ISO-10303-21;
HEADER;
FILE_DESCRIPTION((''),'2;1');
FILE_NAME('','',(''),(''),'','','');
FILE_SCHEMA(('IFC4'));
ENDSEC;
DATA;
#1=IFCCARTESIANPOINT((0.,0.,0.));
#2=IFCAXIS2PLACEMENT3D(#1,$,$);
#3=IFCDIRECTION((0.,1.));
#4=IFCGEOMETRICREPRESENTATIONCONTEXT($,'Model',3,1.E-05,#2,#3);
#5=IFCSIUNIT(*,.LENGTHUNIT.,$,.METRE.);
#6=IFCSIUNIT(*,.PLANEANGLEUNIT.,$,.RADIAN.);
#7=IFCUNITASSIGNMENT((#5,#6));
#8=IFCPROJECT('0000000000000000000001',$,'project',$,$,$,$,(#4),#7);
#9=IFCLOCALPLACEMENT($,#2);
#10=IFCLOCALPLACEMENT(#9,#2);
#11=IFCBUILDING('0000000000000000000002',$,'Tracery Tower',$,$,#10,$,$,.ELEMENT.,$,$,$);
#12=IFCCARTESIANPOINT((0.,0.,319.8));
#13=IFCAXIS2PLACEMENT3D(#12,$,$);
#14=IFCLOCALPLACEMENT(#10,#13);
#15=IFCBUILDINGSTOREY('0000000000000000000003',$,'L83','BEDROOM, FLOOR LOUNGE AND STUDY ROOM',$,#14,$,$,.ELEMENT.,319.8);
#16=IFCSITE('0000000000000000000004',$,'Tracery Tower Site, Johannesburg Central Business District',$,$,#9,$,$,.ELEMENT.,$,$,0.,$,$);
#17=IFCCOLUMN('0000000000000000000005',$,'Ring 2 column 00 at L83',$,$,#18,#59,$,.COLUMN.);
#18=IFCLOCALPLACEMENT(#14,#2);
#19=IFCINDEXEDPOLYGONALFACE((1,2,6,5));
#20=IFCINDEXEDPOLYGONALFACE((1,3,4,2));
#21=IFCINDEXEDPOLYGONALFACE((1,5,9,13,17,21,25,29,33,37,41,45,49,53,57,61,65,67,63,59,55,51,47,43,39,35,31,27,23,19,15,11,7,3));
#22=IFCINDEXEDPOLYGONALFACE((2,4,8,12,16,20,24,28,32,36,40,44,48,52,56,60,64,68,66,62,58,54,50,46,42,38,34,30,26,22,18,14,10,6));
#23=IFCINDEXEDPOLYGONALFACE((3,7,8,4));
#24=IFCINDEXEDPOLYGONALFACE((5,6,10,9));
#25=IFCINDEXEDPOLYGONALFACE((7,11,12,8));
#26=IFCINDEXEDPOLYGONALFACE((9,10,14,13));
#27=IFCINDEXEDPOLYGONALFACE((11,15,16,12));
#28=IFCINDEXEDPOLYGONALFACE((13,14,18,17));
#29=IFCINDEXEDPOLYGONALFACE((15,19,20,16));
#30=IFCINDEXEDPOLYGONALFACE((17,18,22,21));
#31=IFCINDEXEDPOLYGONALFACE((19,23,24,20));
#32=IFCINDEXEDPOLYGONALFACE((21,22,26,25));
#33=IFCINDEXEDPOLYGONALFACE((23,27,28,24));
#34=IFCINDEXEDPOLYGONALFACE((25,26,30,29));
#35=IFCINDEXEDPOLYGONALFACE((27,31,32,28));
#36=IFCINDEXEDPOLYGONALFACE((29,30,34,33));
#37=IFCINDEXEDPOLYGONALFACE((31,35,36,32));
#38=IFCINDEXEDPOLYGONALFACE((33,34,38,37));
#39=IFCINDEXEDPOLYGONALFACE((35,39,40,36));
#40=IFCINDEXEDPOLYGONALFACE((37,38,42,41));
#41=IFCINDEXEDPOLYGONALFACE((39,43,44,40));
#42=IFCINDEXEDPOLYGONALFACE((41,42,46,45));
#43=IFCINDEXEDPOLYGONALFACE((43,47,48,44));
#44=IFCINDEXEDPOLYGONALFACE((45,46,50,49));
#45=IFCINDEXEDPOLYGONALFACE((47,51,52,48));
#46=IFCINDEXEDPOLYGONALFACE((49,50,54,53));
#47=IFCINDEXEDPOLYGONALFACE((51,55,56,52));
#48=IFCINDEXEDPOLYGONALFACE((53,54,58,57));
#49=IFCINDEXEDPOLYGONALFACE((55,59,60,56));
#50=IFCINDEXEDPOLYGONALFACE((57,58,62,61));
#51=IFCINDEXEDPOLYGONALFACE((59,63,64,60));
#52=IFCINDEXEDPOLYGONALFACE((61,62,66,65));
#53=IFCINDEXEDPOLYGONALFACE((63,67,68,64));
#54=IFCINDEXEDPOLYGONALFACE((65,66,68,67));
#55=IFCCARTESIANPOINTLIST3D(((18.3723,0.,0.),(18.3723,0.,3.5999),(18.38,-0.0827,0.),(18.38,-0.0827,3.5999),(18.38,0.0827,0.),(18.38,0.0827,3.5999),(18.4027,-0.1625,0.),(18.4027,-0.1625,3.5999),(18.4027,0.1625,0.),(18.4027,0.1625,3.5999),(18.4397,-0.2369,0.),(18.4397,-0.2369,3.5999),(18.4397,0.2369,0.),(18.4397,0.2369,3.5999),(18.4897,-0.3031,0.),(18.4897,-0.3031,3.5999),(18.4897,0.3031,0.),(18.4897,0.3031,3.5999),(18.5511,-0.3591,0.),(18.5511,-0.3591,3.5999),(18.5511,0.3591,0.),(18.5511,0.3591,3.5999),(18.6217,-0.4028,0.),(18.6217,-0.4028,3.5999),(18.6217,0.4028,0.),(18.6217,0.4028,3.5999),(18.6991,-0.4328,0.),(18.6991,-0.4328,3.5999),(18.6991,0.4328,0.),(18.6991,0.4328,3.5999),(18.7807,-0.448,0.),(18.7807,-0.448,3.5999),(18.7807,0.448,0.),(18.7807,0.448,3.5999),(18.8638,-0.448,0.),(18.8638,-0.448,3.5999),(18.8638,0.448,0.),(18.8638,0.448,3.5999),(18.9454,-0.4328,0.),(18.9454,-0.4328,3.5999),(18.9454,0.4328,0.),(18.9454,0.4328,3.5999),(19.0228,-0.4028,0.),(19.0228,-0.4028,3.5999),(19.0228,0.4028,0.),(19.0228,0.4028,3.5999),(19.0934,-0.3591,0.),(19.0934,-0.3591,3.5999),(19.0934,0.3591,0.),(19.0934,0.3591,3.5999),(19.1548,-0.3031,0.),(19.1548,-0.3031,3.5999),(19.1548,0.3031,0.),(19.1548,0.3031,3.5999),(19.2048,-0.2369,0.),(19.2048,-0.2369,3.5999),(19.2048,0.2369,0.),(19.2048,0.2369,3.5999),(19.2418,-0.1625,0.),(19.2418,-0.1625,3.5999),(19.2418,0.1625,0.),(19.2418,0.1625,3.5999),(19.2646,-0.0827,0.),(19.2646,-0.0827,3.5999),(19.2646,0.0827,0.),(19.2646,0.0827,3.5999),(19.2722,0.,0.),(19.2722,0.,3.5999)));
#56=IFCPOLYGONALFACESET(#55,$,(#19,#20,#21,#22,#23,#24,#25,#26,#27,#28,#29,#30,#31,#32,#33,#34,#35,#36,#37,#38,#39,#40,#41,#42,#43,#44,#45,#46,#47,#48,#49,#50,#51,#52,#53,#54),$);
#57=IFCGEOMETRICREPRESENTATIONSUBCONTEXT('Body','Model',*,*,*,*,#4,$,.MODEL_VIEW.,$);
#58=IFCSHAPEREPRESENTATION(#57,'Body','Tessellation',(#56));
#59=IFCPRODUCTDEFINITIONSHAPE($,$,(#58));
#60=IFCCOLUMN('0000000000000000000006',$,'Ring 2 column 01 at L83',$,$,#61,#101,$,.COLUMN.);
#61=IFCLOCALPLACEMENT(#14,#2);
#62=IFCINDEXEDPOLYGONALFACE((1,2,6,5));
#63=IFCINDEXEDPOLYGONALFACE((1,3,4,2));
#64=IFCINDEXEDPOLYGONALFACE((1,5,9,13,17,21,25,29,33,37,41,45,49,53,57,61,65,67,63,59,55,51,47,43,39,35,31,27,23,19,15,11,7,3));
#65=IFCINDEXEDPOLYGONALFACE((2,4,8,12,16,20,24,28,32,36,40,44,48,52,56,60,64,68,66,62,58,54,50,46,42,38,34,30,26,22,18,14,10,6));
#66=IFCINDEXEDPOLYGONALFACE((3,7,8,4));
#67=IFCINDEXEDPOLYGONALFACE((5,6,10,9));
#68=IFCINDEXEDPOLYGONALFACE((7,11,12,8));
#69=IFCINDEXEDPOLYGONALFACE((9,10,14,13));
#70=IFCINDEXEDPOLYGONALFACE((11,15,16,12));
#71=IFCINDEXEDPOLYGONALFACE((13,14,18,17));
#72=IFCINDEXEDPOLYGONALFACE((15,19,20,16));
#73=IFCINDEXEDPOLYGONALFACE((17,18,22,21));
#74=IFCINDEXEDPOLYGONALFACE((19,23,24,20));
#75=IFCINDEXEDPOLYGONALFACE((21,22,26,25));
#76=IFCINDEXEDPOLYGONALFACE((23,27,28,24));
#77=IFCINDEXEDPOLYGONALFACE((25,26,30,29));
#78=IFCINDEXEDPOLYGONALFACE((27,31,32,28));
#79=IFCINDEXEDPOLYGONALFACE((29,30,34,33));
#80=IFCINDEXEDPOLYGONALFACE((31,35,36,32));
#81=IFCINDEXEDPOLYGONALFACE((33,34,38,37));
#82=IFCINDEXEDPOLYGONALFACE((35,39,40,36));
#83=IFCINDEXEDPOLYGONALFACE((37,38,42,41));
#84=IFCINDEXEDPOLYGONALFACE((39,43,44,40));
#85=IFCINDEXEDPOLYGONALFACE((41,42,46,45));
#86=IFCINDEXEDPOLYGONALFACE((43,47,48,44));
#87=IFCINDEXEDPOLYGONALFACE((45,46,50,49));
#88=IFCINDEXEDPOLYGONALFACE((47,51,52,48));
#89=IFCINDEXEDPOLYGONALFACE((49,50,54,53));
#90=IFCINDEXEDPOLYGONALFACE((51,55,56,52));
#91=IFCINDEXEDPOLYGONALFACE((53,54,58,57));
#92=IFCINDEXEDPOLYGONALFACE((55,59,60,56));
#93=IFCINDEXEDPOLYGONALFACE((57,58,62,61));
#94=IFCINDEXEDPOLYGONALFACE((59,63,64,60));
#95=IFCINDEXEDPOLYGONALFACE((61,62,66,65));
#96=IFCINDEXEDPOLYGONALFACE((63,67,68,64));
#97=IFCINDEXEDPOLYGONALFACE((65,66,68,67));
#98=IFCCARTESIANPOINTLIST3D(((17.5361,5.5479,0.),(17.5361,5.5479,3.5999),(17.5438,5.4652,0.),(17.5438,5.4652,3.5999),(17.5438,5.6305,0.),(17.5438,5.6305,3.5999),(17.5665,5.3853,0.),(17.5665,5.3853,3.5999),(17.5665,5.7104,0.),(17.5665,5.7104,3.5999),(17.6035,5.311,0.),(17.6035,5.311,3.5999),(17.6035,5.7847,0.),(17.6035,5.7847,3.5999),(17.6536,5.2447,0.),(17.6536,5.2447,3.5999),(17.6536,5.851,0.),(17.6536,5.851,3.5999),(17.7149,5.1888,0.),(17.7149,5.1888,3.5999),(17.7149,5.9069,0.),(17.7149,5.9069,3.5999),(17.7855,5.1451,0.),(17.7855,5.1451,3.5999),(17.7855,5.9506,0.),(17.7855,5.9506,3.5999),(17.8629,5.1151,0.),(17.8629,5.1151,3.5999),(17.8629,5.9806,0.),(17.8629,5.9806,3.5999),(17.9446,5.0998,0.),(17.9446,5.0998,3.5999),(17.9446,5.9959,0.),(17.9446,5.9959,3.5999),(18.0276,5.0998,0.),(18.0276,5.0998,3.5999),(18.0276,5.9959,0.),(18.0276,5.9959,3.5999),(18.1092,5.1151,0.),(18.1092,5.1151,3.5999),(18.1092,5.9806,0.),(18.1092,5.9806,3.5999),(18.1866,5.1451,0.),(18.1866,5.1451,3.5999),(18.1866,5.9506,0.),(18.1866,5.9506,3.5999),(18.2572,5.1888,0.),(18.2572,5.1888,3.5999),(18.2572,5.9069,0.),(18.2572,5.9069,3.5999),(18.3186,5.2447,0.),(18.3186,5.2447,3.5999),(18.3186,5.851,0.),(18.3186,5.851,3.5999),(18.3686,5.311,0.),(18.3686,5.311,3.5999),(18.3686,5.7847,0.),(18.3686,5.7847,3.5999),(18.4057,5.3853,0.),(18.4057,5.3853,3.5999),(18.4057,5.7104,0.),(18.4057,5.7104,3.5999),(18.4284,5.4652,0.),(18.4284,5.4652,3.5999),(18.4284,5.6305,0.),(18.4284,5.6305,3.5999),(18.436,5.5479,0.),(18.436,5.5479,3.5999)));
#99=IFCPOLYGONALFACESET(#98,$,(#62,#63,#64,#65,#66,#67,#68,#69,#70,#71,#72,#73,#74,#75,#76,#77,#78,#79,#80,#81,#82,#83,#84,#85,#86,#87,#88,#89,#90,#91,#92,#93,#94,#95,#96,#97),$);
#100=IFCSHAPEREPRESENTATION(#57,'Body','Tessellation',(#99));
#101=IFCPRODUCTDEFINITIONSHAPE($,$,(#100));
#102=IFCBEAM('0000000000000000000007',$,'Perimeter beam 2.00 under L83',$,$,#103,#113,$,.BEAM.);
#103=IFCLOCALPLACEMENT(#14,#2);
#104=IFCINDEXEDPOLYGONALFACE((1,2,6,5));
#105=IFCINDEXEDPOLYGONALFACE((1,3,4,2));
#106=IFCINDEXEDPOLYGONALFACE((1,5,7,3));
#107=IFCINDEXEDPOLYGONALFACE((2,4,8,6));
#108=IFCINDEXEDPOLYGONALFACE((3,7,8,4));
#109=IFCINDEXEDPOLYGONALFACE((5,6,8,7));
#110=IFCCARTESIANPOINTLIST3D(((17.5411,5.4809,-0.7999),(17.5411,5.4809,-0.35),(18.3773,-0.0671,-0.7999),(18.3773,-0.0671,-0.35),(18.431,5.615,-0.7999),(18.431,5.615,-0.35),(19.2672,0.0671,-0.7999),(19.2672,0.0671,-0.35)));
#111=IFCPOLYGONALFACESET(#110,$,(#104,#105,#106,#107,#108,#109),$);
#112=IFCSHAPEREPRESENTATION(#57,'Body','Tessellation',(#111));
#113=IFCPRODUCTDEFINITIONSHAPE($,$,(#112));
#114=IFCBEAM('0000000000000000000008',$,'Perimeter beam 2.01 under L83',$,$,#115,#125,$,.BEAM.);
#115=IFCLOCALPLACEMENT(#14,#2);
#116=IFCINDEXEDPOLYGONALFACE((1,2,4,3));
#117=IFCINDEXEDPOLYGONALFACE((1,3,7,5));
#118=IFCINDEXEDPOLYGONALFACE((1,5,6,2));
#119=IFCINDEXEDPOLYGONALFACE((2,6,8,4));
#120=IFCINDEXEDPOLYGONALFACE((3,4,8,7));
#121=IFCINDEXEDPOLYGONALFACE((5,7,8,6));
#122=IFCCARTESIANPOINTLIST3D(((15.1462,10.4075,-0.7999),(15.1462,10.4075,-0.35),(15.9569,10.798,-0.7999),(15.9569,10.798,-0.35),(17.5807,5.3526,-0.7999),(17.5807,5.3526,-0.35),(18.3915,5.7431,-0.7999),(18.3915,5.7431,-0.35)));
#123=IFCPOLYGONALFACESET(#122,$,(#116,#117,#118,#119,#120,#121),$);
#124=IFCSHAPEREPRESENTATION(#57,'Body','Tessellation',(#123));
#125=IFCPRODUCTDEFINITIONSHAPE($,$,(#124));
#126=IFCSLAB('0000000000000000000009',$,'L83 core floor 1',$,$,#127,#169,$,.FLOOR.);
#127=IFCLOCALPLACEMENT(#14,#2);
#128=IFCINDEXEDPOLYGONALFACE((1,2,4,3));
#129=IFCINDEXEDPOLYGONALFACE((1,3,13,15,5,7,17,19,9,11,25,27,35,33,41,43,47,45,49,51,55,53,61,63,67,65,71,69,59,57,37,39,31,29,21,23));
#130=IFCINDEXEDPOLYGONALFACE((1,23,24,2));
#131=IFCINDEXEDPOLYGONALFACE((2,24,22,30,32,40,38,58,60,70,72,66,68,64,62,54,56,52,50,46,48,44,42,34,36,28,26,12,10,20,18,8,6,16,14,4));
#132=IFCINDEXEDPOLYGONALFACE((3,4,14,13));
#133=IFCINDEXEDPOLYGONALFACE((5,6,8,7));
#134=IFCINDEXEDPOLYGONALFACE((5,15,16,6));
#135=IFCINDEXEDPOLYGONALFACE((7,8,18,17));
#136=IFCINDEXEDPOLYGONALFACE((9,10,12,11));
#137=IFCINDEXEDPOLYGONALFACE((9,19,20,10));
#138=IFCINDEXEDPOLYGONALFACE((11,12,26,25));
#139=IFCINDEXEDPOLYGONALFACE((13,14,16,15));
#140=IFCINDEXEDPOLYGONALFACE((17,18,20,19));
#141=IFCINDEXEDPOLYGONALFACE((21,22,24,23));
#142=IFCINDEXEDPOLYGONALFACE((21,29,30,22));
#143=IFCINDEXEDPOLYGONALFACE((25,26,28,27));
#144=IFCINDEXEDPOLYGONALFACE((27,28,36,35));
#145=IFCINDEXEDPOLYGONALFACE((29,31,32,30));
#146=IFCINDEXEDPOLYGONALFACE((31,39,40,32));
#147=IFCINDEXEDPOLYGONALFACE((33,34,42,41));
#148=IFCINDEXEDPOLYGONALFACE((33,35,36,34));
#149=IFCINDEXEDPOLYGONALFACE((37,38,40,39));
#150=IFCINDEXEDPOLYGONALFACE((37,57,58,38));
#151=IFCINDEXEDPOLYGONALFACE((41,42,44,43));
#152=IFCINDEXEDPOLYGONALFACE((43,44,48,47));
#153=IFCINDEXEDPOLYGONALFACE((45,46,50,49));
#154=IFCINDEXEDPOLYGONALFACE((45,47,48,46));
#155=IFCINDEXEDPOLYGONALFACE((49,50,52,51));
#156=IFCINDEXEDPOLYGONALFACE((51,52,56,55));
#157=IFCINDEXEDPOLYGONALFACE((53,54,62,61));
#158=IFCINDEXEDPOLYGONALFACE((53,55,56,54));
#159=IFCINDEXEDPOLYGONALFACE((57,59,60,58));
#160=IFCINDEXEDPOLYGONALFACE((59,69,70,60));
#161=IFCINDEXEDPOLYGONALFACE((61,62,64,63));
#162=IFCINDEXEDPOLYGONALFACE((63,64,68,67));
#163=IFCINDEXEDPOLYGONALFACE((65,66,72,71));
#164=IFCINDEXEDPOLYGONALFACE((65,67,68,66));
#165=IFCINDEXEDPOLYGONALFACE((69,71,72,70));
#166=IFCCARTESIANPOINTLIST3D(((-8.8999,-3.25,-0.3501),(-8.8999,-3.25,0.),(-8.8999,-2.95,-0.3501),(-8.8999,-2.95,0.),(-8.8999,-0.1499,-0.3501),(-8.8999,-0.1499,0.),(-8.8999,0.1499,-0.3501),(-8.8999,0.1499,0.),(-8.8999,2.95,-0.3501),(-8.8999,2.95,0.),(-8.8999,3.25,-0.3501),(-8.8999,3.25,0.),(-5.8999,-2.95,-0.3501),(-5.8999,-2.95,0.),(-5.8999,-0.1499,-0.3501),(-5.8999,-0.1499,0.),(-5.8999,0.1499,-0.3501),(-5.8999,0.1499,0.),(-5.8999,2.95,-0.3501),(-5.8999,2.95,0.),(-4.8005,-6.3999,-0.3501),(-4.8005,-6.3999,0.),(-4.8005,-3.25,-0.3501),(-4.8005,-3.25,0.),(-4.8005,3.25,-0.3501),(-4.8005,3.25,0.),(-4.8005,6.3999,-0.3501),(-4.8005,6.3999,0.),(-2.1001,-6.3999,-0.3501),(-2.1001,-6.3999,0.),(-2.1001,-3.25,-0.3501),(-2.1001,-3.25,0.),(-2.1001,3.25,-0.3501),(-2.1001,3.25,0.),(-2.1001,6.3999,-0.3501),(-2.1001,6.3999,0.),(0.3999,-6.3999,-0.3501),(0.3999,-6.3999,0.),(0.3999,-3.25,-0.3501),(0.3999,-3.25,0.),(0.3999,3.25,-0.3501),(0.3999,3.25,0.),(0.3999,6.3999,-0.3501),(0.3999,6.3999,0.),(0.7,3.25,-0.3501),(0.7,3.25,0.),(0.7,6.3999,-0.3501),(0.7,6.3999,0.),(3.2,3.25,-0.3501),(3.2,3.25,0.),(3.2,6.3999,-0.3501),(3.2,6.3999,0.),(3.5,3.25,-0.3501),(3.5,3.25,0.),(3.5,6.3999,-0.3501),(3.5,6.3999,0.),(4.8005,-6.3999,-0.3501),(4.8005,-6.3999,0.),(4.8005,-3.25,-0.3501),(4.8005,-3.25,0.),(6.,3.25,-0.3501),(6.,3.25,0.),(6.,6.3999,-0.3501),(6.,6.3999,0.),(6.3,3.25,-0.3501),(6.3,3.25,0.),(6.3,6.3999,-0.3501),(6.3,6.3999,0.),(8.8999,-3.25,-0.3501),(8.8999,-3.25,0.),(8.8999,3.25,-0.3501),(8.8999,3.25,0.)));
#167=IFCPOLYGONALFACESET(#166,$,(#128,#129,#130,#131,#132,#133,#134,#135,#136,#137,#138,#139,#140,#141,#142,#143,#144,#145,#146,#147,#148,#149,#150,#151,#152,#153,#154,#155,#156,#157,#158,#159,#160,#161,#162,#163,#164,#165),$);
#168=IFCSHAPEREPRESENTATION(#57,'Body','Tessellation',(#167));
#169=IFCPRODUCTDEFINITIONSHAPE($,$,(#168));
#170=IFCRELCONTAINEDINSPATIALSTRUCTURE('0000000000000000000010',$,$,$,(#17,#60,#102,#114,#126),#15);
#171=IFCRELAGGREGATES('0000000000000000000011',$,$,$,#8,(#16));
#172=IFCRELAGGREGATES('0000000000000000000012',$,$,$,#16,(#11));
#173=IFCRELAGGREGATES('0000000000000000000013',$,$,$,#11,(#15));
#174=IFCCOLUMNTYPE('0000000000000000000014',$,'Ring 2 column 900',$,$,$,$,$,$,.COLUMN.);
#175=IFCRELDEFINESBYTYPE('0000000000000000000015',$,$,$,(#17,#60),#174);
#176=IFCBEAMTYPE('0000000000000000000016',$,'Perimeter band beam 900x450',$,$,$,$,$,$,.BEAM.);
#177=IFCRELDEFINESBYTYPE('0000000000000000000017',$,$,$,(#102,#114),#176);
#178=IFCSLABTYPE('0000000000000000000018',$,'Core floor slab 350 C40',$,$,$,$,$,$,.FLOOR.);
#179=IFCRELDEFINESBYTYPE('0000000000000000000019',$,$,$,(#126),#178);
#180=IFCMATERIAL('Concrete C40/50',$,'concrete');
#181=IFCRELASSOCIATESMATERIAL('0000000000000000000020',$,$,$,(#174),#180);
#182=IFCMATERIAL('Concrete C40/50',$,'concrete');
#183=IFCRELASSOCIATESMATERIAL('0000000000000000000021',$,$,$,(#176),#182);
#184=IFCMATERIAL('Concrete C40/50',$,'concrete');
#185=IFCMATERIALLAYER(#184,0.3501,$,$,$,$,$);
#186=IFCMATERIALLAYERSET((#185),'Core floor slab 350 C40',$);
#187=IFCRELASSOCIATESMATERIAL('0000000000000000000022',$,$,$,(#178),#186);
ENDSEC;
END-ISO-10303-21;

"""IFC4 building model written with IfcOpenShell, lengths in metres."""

from ifc_helpers import new_model, si_unit, direction, frame, origin, origin_2d, place, context, subcontext, project, spatial, polyline, rectangle, circle, outline, extrude, material, layer, layer_set, material_profile, profile_set, type_object, element, save


model = new_model("IFC4")

# Units and contexts
model_context = context("Model", 3, precision=1e-05, world=origin(), true_north=direction((0.0, 1.0)))
body_context = subcontext(model_context, "Body", "Model", "MODEL_VIEW")
ifc_project = project(units=[si_unit("LENGTHUNIT", "METRE"), si_unit("PLANEANGLEUNIT", "RADIAN")], contexts=[model_context])

# Site, building, storey
site_placement = place(None, origin())
site = spatial("IfcSite", under=ifc_project, at=site_placement, Name="Tracery Tower Site, Johannesburg Central Business District", CompositionType="ELEMENT", RefElevation=0.0)
building_placement = place(site_placement, origin())
building = spatial("IfcBuilding", under=site, at=building_placement, Name="Tracery Tower", CompositionType="ELEMENT")
storey_placement = place(building_placement, frame((0.0, 0.0, 319.8)))
storey = spatial("IfcBuildingStorey", under=building, at=storey_placement, Name="L83", Description="BEDROOM, FLOOR LOUNGE AND STUDY ROOM", CompositionType="ELEMENT", Elevation=319.8)

# Columns
ifc_material_1 = material(Name="Concrete C40/50", Category="concrete")
ifc_material_profile_1 = material_profile(ifc_material_1, circle(Radius=0.45, at=origin_2d()), Name="RC D900")
ifc_profile_set_1 = profile_set([ifc_material_profile_1], Name="Concrete C40/50")
column_type = type_object("IfcColumnType", Name="Ring 2 column 900", PredefinedType="COLUMN", material=ifc_profile_set_1)
for number, where, z_axis, x_axis, name in (
    (1, (18.8223, 0.0, 0.0), (0.0, 0.0, 1.0), (1.0, 0.0, 0.0), "Ring 2 column 00 at L83"),
    (2, (17.9861, 5.5479, 0.0), (0.0, 0.0, 1.0), (1.0, 0.0, 0.0), "Ring 2 column 01 at L83"),
):
    element("IfcColumn", number, at=place(storey_placement, frame(where, z_axis=z_axis, x_axis=x_axis)), inside=storey, type_object=column_type, Name=name, PredefinedType="COLUMN", context=body_context, shape_type="SweptSolid", body=[
        extrude(circle(Radius=0.45, at=origin_2d()), origin(), (0.0, 0.0, 1.0), 3.5999),
    ])

# Beams
ifc_material_2 = material(Name="Concrete C40/50", Category="concrete")
ifc_material_profile_2 = material_profile(ifc_material_2, rectangle(XDim=0.8999, YDim=0.45, at=origin_2d()), Name="RC 900x450")
ifc_profile_set_2 = profile_set([ifc_material_profile_2], Name="Concrete C40/50")
beam_type = type_object("IfcBeamType", Name="Perimeter band beam 900x450", PredefinedType="BEAM", material=ifc_profile_set_2)
for number, where, z_axis, x_axis, name in (
    (3, (18.8223, 0.0, -0.575), (-0.149038, 0.988831, 0.0), (-0.988831, -0.149038, 0.0), "Perimeter beam 2.00 under L83"),
    (4, (17.9861, 5.5479, -0.575), (-0.433919, 0.900952, 0.0), (-0.900952, -0.433919, 0.0), "Perimeter beam 2.01 under L83"),
):
    element("IfcBeam", number, at=place(storey_placement, frame(where, z_axis=z_axis, x_axis=x_axis)), inside=storey, type_object=beam_type, Name=name, PredefinedType="BEAM", context=body_context, shape_type="SweptSolid", body=[
        extrude(rectangle(XDim=0.8999, YDim=0.45, at=origin_2d()), origin(), (0.0, 0.0, 1.0), 5.6106),
    ])

# Slab
ifc_material_3 = material(Name="Concrete C40/50", Category="concrete")
ifc_layer_1 = layer(ifc_material_3, 0.3501)
ifc_layer_set_1 = layer_set([ifc_layer_1], Name="Core floor slab 350 C40")
slab_type_1 = type_object("IfcSlabType", Name="Core floor slab 350 C40", PredefinedType="FLOOR", material=ifc_layer_set_1)
slab_1_placement = place(storey_placement, frame((0.0, 0.0, -0.3501)))
element("IfcSlab", 5, at=slab_1_placement, inside=storey, type_object=slab_type_1, Name="L83 core floor 1", PredefinedType="FLOOR", context=body_context, shape_type="SweptSolid", body=[
    extrude(outline(polyline([(-4.8005, -3.25), (-8.8999, -3.25), (-8.8999, -2.95), (-5.8999, -2.95), (-5.8999, -0.1499), (-8.8999, -0.1499), (-8.8999, 0.1499), (-5.8999, 0.1499), (-5.8999, 2.95), (-8.8999, 2.95), (-8.8999, 3.25), (-4.8005, 3.25), (-4.8005, 6.3999), (-2.1001, 6.3999), (-2.1001, 3.25), (0.3999, 3.25), (0.3999, 6.3999), (0.7, 6.3999), (0.7, 3.25), (3.2, 3.25), (3.2, 6.3999), (3.5, 6.3999), (3.5, 3.25), (6.0, 3.25), (6.0, 6.3999), (6.3, 6.3999), (6.3, 3.25), (8.8999, 3.25), (8.8999, -3.25), (4.8005, -3.25), (4.8005, -6.3999), (0.3999, -6.3999), (0.3999, -3.25), (-2.1001, -3.25), (-2.1001, -6.3999), (-4.8005, -6.3999), (-4.8005, -3.25)])), origin(), (0.0, 0.0, 1.0), 0.3501),
])

save(model, "model.ifc")
